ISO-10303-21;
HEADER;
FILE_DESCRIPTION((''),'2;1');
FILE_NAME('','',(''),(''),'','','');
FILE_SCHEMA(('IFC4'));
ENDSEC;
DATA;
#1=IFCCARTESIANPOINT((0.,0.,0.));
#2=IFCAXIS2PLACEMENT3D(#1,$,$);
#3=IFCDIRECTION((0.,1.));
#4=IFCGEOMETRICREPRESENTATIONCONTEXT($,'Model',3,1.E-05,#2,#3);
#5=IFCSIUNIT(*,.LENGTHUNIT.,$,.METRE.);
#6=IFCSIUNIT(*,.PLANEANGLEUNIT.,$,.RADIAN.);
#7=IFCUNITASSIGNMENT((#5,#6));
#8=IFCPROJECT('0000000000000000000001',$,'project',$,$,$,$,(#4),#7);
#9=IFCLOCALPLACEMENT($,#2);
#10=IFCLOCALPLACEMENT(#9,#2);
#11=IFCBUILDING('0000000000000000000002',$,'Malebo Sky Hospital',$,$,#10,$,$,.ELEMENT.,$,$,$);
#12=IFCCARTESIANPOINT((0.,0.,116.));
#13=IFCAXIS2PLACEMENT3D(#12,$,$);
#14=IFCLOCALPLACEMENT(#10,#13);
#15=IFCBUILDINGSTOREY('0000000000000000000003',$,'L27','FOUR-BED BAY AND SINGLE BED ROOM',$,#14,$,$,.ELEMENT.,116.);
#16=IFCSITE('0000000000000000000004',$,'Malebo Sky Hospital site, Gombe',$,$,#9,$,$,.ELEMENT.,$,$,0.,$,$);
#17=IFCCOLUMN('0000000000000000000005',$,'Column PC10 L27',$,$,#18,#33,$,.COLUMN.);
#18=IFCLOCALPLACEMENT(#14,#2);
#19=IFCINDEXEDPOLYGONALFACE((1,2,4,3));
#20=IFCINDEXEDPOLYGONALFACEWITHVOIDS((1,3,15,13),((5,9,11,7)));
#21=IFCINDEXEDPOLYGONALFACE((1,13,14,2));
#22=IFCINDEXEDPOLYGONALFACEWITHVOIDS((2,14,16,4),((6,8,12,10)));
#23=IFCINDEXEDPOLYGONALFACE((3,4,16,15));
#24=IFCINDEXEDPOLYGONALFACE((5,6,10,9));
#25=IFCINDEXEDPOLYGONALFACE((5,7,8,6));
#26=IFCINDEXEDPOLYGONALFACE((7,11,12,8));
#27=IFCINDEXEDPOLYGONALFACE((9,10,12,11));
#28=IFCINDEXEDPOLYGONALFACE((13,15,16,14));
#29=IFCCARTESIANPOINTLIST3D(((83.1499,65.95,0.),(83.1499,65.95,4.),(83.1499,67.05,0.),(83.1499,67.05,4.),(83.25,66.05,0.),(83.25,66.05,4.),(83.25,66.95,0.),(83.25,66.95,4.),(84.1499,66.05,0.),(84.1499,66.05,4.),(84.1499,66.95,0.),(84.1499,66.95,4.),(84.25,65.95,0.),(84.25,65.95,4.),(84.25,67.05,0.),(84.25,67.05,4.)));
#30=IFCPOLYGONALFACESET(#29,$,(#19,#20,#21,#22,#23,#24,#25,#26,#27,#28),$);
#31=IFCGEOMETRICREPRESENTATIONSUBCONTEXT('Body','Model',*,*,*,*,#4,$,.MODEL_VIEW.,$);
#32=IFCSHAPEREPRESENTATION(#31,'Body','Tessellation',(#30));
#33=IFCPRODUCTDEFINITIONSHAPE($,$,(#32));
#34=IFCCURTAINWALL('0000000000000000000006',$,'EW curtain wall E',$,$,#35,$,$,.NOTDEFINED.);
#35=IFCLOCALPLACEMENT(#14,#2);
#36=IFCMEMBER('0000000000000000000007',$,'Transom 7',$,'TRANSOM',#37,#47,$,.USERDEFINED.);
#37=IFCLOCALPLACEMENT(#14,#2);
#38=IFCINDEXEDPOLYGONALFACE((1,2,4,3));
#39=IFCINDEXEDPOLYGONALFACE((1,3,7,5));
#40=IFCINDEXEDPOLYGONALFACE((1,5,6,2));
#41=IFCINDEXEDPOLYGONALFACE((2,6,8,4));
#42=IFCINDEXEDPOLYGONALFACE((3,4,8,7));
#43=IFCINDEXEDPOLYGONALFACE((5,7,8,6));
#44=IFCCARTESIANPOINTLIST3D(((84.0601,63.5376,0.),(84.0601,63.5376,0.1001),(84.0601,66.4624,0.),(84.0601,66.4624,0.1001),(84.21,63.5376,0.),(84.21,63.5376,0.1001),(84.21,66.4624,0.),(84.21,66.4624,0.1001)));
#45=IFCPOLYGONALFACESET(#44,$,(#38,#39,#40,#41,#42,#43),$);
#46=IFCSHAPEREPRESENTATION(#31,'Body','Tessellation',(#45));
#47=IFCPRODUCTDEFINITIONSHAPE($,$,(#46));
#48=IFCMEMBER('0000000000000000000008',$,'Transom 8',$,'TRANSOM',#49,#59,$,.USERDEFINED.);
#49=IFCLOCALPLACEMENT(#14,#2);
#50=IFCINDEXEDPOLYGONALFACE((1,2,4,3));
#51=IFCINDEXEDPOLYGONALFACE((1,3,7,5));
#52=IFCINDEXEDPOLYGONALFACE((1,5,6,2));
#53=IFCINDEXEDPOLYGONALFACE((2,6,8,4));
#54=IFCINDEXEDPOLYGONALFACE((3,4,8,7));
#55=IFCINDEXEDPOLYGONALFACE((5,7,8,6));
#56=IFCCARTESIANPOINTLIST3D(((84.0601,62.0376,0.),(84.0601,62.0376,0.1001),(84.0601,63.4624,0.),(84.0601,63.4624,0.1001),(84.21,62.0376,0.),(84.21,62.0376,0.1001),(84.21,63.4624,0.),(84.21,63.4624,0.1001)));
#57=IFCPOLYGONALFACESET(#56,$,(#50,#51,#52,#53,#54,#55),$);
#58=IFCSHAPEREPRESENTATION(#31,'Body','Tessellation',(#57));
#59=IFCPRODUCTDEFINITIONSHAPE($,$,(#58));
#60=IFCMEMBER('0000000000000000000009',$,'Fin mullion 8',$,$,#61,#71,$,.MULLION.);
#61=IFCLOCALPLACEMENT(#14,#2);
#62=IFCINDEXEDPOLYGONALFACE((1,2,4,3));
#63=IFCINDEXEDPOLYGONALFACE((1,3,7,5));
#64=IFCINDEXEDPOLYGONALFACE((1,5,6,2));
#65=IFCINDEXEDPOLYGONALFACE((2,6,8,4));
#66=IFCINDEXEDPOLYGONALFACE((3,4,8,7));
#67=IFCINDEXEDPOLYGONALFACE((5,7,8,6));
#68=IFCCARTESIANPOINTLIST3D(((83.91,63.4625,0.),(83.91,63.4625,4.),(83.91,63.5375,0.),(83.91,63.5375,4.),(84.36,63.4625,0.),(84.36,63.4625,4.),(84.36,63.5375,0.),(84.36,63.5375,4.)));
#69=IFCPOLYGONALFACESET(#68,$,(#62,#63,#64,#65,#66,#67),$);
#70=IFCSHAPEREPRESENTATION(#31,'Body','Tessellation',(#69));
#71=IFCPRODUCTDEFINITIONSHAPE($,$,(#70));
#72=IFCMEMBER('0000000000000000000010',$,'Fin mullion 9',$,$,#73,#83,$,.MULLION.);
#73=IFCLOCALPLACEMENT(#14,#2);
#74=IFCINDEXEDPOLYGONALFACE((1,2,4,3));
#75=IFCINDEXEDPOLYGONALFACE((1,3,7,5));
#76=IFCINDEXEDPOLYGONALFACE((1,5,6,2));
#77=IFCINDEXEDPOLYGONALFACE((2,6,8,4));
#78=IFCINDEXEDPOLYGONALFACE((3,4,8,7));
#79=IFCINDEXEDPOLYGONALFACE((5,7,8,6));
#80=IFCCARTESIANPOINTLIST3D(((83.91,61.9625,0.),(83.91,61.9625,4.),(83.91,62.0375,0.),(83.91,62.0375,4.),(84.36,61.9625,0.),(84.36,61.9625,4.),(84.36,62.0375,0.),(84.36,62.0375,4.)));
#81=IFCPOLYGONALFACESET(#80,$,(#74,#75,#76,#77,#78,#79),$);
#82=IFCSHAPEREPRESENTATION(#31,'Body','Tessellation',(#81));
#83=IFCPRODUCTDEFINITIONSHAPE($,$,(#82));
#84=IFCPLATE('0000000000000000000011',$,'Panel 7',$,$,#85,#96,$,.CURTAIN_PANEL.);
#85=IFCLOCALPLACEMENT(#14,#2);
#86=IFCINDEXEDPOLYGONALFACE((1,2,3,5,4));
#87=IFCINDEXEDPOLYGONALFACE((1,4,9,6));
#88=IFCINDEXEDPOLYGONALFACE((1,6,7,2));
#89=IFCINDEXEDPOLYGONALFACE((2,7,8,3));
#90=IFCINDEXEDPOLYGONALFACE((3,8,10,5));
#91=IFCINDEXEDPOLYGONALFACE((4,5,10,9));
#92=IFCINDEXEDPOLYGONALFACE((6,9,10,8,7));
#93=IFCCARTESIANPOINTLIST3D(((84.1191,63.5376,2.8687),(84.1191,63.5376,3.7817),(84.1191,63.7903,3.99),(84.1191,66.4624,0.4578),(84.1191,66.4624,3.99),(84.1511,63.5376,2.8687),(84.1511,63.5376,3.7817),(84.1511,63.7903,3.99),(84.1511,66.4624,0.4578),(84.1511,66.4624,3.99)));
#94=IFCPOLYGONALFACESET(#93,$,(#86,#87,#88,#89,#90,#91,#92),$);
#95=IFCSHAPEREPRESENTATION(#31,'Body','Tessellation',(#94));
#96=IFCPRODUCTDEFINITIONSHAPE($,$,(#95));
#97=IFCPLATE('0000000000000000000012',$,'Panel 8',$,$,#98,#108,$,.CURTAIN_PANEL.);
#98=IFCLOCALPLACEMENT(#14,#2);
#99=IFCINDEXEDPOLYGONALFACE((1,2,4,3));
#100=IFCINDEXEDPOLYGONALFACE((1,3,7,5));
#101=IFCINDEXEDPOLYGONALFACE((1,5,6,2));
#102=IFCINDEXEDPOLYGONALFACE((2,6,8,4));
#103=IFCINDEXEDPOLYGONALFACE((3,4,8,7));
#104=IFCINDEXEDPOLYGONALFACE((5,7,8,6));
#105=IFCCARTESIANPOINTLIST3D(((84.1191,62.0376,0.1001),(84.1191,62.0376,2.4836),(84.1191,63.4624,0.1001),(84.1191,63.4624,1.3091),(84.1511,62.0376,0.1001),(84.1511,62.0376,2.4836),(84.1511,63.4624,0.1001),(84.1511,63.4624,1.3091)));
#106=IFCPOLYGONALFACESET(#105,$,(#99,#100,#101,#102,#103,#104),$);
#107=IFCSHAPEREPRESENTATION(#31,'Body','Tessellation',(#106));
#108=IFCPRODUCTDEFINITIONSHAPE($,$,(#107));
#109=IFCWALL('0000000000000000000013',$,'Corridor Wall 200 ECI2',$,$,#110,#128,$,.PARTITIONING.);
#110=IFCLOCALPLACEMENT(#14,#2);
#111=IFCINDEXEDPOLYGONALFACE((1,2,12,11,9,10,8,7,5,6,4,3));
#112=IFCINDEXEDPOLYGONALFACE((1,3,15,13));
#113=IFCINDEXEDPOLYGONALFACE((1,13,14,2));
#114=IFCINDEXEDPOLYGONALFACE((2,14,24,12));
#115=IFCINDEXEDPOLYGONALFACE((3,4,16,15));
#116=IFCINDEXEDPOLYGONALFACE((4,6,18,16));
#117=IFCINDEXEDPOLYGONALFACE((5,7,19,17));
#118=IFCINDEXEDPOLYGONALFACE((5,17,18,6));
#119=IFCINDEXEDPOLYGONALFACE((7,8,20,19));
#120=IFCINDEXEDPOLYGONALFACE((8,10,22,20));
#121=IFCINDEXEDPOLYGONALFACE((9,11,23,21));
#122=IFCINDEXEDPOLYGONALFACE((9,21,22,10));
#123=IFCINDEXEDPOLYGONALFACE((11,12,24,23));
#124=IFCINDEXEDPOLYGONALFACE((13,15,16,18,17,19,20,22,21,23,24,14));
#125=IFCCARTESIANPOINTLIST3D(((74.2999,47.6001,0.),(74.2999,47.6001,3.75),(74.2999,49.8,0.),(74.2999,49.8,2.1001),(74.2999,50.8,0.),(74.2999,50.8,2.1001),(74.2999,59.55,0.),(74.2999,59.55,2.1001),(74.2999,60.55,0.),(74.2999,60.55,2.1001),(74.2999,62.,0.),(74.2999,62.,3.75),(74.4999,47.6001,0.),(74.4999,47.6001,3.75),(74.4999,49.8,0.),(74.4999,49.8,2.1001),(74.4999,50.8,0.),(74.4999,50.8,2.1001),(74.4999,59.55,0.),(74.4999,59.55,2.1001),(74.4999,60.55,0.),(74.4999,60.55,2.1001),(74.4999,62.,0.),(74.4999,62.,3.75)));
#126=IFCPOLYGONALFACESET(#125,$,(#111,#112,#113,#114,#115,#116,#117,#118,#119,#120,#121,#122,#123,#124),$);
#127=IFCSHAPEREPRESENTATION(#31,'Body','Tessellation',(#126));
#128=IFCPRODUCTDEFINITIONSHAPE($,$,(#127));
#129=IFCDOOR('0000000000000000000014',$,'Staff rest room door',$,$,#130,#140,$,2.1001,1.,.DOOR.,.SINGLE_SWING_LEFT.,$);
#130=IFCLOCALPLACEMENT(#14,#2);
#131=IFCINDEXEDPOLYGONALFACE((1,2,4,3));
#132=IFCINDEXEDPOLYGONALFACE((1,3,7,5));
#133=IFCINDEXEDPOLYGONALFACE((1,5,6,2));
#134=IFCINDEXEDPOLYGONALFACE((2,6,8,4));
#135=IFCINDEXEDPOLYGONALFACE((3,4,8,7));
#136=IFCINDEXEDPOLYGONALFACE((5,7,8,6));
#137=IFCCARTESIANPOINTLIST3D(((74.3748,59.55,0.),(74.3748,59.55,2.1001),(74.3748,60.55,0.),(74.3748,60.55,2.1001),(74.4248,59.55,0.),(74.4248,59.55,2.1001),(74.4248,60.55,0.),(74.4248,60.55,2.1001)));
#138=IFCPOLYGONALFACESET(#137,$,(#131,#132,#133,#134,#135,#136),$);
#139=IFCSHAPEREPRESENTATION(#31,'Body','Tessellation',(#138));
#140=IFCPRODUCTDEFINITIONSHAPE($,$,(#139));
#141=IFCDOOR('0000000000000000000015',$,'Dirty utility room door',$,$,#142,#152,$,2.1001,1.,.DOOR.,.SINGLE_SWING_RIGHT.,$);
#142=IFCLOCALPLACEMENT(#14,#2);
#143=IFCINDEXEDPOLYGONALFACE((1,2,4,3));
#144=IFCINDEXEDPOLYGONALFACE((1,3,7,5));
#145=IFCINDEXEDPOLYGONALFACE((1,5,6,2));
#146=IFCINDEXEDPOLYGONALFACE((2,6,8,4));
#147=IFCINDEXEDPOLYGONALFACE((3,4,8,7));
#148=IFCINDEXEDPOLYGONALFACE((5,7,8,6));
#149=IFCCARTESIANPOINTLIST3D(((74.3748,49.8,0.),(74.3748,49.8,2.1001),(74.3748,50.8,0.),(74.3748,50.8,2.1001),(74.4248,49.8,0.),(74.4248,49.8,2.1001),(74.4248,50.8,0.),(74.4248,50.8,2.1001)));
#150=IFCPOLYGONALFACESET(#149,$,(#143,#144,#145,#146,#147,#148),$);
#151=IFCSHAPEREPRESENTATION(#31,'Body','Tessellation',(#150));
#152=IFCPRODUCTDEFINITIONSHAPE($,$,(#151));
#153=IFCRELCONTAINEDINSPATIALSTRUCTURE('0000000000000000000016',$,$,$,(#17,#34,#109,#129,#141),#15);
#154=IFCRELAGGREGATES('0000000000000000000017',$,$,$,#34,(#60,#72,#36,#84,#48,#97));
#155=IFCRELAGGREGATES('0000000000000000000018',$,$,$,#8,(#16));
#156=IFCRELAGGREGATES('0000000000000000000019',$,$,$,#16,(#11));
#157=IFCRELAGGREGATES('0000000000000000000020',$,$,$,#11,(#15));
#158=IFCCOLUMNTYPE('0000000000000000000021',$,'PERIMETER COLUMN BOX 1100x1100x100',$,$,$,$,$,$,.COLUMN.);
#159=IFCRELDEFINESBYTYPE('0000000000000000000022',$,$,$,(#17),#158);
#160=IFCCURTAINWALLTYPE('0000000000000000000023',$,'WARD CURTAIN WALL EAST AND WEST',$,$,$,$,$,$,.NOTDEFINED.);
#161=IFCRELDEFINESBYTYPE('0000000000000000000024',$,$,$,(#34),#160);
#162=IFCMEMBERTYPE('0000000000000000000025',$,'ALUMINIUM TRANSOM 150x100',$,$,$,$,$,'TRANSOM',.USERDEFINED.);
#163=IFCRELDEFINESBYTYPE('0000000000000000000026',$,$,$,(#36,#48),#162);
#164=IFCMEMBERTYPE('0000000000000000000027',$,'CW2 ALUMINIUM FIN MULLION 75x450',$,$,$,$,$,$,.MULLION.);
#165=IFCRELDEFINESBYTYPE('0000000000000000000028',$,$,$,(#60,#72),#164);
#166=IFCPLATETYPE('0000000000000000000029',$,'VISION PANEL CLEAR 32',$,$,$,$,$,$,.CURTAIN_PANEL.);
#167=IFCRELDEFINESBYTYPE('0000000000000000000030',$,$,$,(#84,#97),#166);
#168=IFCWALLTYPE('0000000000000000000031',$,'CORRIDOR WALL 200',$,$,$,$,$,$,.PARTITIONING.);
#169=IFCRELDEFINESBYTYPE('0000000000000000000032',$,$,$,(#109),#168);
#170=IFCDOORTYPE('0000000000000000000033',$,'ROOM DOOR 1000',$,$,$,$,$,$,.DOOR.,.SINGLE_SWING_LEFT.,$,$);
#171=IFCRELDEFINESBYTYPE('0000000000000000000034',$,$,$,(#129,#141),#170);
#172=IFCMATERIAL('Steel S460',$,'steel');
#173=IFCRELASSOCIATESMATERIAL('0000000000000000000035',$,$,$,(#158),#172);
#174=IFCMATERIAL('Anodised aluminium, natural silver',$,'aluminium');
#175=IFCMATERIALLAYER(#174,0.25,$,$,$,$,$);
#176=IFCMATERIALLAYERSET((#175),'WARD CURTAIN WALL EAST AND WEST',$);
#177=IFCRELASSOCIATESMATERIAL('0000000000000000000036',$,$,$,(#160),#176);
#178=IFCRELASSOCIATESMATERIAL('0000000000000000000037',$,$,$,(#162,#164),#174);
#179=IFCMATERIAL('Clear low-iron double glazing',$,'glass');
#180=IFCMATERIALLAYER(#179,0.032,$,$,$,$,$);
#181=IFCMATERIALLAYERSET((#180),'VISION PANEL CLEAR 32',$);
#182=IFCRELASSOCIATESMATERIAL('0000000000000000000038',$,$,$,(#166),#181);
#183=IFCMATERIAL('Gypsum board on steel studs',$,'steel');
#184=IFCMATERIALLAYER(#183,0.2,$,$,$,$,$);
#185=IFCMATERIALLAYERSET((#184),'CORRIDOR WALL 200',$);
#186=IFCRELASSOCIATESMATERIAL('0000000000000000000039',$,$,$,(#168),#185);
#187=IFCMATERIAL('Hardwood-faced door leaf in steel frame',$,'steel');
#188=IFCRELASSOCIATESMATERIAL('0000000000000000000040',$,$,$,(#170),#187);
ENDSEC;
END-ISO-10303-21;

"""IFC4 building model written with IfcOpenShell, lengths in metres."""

from ifc_helpers import new_model, si_unit, direction, frame, frame_2d, origin, origin_2d, place, context, subcontext, project, spatial, polyline, rectangle, hollow_rectangle, outline, extrude, material, layer, layer_set, material_profile, profile_set, type_object, element, fill, aggregate, save


model = new_model("IFC4")

# Units and contexts
model_context = context("Model", 3, precision=1e-05, world=origin(), true_north=direction((0.0, 1.0)))
body_context = subcontext(model_context, "Body", "Model", "MODEL_VIEW")
ifc_project = project(units=[si_unit("LENGTHUNIT", "METRE"), si_unit("PLANEANGLEUNIT", "RADIAN")], contexts=[model_context])

# Site, building, storey
site_placement = place(None, origin())
site = spatial("IfcSite", under=ifc_project, at=site_placement, Name="Malebo Sky Hospital site, Gombe", CompositionType="ELEMENT", RefElevation=0.0)
building_placement = place(site_placement, origin())
building = spatial("IfcBuilding", under=site, at=building_placement, Name="Malebo Sky Hospital", CompositionType="ELEMENT")
storey_placement = place(building_placement, frame((0.0, 0.0, 116.0)))
storey = spatial("IfcBuildingStorey", under=building, at=storey_placement, Name="L27", Description="FOUR-BED BAY AND SINGLE BED ROOM", CompositionType="ELEMENT", Elevation=116.0)

# Column
ifc_material_1 = material(Name="Steel S460", Category="steel")
ifc_material_profile_1 = material_profile(ifc_material_1, hollow_rectangle(XDim=1.1001, YDim=1.1001, WallThickness=0.1001, at=origin_2d()), Name="BOX 1100x1100x100")
ifc_profile_set_1 = profile_set([ifc_material_profile_1], Name="Steel S460")
column_type = type_object("IfcColumnType", Name="PERIMETER COLUMN BOX 1100x1100x100", PredefinedType="COLUMN", material=ifc_profile_set_1)
column_placement = place(storey_placement, frame((83.7, 66.5, 0.0), z_axis=(0.0, 0.0, 1.0), x_axis=(1.0, 0.0, 0.0)))
element("IfcColumn", 1, at=column_placement, inside=storey, type_object=column_type, Name="Column PC10 L27", PredefinedType="COLUMN", context=body_context, shape_type="SweptSolid", body=[
    extrude(hollow_rectangle(XDim=1.1001, YDim=1.1001, WallThickness=0.1001, at=origin_2d()), origin(), (0.0, 0.0, 1.0), 4.0),
])

# Curtain wall, members, plates
ifc_material_2 = material(Name="Anodised aluminium, natural silver", Category="aluminium")
ifc_layer_1 = layer(ifc_material_2, 0.25)
ifc_layer_set_1 = layer_set([ifc_layer_1], Name="WARD CURTAIN WALL EAST AND WEST")
curtain_wall_type = type_object("IfcCurtainWallType", Name="WARD CURTAIN WALL EAST AND WEST", PredefinedType="NOTDEFINED", material=ifc_layer_set_1)
curtain_wall_placement = place(storey_placement, origin())
curtain_wall = element("IfcCurtainWall", 2, at=curtain_wall_placement, inside=storey, type_object=curtain_wall_type, Name="EW curtain wall E", PredefinedType="NOTDEFINED")
ifc_material_profile_2 = material_profile(ifc_material_2, rectangle(XDim=0.1499, YDim=0.1001, at=origin_2d()), Name="ALUMINIUM TRANSOM 150x100")
ifc_profile_set_2 = profile_set([ifc_material_profile_2], Name="Anodised aluminium, natural silver")
member_type_1 = type_object("IfcMemberType", Name="ALUMINIUM TRANSOM 150x100", ElementType="TRANSOM", PredefinedType="USERDEFINED", material=ifc_profile_set_2)
member_1_placement = place(storey_placement, frame((84.135, 66.4624, 0.05), z_axis=(0.0, -1.0, 0.0), x_axis=(1.0, 0.0, 0.0)))
member_1 = element("IfcMember", 3, at=member_1_placement, type_object=member_type_1, Name="Transom 7", ObjectType="TRANSOM", PredefinedType="USERDEFINED", context=body_context, shape_type="SweptSolid", body=[
    extrude(rectangle(XDim=0.1499, YDim=0.1001, at=origin_2d()), origin(), (0.0, 0.0, 1.0), 2.9248),
])
member_2_placement = place(storey_placement, frame((84.135, 63.4624, 0.05), z_axis=(0.0, -1.0, 0.0), x_axis=(1.0, 0.0, 0.0)))
member_2 = element("IfcMember", 4, at=member_2_placement, type_object=member_type_1, Name="Transom 8", ObjectType="TRANSOM", PredefinedType="USERDEFINED", context=body_context, shape_type="SweptSolid", body=[
    extrude(rectangle(XDim=0.1499, YDim=0.1001, at=origin_2d()), origin(), (0.0, 0.0, 1.0), 1.4248),
])
ifc_material_profile_3 = material_profile(ifc_material_2, rectangle(XDim=0.075, YDim=0.45, at=origin_2d()), Name="CW2 ALUMINIUM FIN MULLION 75x450")
ifc_profile_set_3 = profile_set([ifc_material_profile_3], Name="Anodised aluminium, natural silver")
member_type_2 = type_object("IfcMemberType", Name="CW2 ALUMINIUM FIN MULLION 75x450", PredefinedType="MULLION", material=ifc_profile_set_3)
member_3_placement = place(storey_placement, frame((84.135, 63.5, 0.0), z_axis=(0.0, 0.0, 1.0), x_axis=(0.0, -1.0, 0.0)))
member_3 = element("IfcMember", 5, at=member_3_placement, type_object=member_type_2, Name="Fin mullion 8", PredefinedType="MULLION", context=body_context, shape_type="SweptSolid", body=[
    extrude(rectangle(XDim=0.075, YDim=0.45, at=origin_2d()), origin(), (0.0, 0.0, 1.0), 4.0),
])
member_4_placement = place(storey_placement, frame((84.135, 62.0, 0.0), z_axis=(0.0, 0.0, 1.0), x_axis=(0.0, -1.0, 0.0)))
member_4 = element("IfcMember", 6, at=member_4_placement, type_object=member_type_2, Name="Fin mullion 9", PredefinedType="MULLION", context=body_context, shape_type="SweptSolid", body=[
    extrude(rectangle(XDim=0.075, YDim=0.45, at=origin_2d()), origin(), (0.0, 0.0, 1.0), 4.0),
])
ifc_material_3 = material(Name="Clear low-iron double glazing", Category="glass")
ifc_layer_2 = layer(ifc_material_3, 0.032)
ifc_layer_set_2 = layer_set([ifc_layer_2], Name="VISION PANEL CLEAR 32")
plate_type = type_object("IfcPlateType", Name="VISION PANEL CLEAR 32", PredefinedType="CURTAIN_PANEL", material=ifc_layer_set_2)
plate_1_placement = place(storey_placement, frame((84.135, 65.0, 0.4578), z_axis=(0.0, 0.0, 1.0), x_axis=(0.0, -1.0, 0.0)))
plate_1 = element("IfcPlate", 7, at=plate_1_placement, type_object=plate_type, Name="Panel 7", PredefinedType="CURTAIN_PANEL", context=body_context, shape_type="SweptSolid", body=[
    extrude(outline(polyline([(-1.4624, 0.0), (1.4624, 2.4109), (1.4624, 3.324), (1.2097, 3.5322), (-1.4624, 3.5322), (-1.4624, 0.0)])), frame((0.0, 0.0161, 0.0), z_axis=(0.0, -1.0, 0.0), x_axis=(1.0, 0.0, 0.0)), (0.0, 0.0, 1.0), 0.032),
])
plate_2_placement = place(storey_placement, frame((84.135, 62.75, 0.1001), z_axis=(0.0, 0.0, 1.0), x_axis=(0.0, -1.0, 0.0)))
plate_2 = element("IfcPlate", 8, at=plate_2_placement, type_object=plate_type, Name="Panel 8", PredefinedType="CURTAIN_PANEL", context=body_context, shape_type="SweptSolid", body=[
    extrude(outline(polyline([(-0.7124, 0.0), (0.7124, 0.0), (0.7124, 2.3835), (-0.7124, 1.209), (-0.7124, 0.0)])), frame((0.0, 0.0161, 0.0), z_axis=(0.0, -1.0, 0.0), x_axis=(1.0, 0.0, 0.0)), (0.0, 0.0, 1.0), 0.032),
])
aggregate(curtain_wall, [member_3, member_4, member_1, plate_1, member_2, plate_2])

# Wall, openings, doors
ifc_material_4 = material(Name="Gypsum board on steel studs", Category="steel")
ifc_layer_3 = layer(ifc_material_4, 0.2)
ifc_layer_set_3 = layer_set([ifc_layer_3], Name="CORRIDOR WALL 200")
wall_type_1 = type_object("IfcWallType", Name="CORRIDOR WALL 200", PredefinedType="PARTITIONING", material=ifc_layer_set_3)
wall_1_placement = place(storey_placement, frame((74.3999, 62.0, 0.0), z_axis=(0.0, 0.0, 1.0), x_axis=(0.0, -1.0, 0.0)))
wall_1 = element("IfcWall", 9, at=wall_1_placement, inside=storey, type_object=wall_type_1, Name="Corridor Wall 200 ECI2", PredefinedType="PARTITIONING", context=body_context, shape_type="SweptSolid", body=[
    extrude(rectangle(XDim=14.3999, YDim=0.2, at=frame_2d((7.2, 0.0))), origin(), (0.0, 0.0, 1.0), 3.75),
])
opening_1_placement = place(wall_1_placement, frame((1.45, 0.0, 0.0)))
opening_1 = element("IfcOpeningElement", 10, at=opening_1_placement, cuts=wall_1, PredefinedType="OPENING", context=body_context, shape_type="SweptSolid", body=[
    extrude(rectangle(XDim=1.0, YDim=2.1001, at=frame_2d((0.5, 1.05))), frame((0.0, 0.1099, 0.0), z_axis=(0.0, -1.0, 0.0), x_axis=(1.0, 0.0, 0.0)), (0.0, 0.0, 1.0), 0.22),
])
opening_2_placement = place(wall_1_placement, frame((11.2, 0.0, 0.0)))
opening_2 = element("IfcOpeningElement", 11, at=opening_2_placement, cuts=wall_1, PredefinedType="OPENING", context=body_context, shape_type="SweptSolid", body=[
    extrude(rectangle(XDim=1.0, YDim=2.1001, at=frame_2d((0.5, 1.05))), frame((0.0, 0.1099, 0.0), z_axis=(0.0, -1.0, 0.0), x_axis=(1.0, 0.0, 0.0)), (0.0, 0.0, 1.0), 0.22),
])
ifc_material_5 = material(Name="Hardwood-faced door leaf in steel frame", Category="steel")
door_type_1 = type_object("IfcDoorType", Name="ROOM DOOR 1000", OperationType="SINGLE_SWING_LEFT", PredefinedType="DOOR", material=ifc_material_5)
door_1_placement = place(opening_1_placement, origin())
door_1 = element("IfcDoor", 12, at=door_1_placement, inside=storey, type_object=door_type_1, Name="Staff rest room door", OperationType="SINGLE_SWING_LEFT", OverallHeight=2.1001, OverallWidth=1.0, PredefinedType="DOOR", context=body_context, shape_type="SweptSolid", body=[
    extrude(rectangle(XDim=1.0, YDim=2.1001, at=frame_2d((0.5, 1.05))), frame((0.0, 0.0249, 0.0), z_axis=(0.0, -1.0, 0.0), x_axis=(1.0, 0.0, 0.0)), (0.0, 0.0, 1.0), 0.05),
])
fill(opening_1, door_1)
door_2_placement = place(opening_2_placement, origin())
door_2 = element("IfcDoor", 13, at=door_2_placement, inside=storey, type_object=door_type_1, Name="Dirty utility room door", OperationType="SINGLE_SWING_RIGHT", OverallHeight=2.1001, OverallWidth=1.0, PredefinedType="DOOR", context=body_context, shape_type="SweptSolid", body=[
    extrude(rectangle(XDim=1.0, YDim=2.1001, at=frame_2d((0.5, 1.05))), frame((0.0, 0.0249, 0.0), z_axis=(0.0, -1.0, 0.0), x_axis=(1.0, 0.0, 0.0)), (0.0, 0.0, 1.0), 0.05),
])
fill(opening_2, door_2)

save(model, "model.ifc")
